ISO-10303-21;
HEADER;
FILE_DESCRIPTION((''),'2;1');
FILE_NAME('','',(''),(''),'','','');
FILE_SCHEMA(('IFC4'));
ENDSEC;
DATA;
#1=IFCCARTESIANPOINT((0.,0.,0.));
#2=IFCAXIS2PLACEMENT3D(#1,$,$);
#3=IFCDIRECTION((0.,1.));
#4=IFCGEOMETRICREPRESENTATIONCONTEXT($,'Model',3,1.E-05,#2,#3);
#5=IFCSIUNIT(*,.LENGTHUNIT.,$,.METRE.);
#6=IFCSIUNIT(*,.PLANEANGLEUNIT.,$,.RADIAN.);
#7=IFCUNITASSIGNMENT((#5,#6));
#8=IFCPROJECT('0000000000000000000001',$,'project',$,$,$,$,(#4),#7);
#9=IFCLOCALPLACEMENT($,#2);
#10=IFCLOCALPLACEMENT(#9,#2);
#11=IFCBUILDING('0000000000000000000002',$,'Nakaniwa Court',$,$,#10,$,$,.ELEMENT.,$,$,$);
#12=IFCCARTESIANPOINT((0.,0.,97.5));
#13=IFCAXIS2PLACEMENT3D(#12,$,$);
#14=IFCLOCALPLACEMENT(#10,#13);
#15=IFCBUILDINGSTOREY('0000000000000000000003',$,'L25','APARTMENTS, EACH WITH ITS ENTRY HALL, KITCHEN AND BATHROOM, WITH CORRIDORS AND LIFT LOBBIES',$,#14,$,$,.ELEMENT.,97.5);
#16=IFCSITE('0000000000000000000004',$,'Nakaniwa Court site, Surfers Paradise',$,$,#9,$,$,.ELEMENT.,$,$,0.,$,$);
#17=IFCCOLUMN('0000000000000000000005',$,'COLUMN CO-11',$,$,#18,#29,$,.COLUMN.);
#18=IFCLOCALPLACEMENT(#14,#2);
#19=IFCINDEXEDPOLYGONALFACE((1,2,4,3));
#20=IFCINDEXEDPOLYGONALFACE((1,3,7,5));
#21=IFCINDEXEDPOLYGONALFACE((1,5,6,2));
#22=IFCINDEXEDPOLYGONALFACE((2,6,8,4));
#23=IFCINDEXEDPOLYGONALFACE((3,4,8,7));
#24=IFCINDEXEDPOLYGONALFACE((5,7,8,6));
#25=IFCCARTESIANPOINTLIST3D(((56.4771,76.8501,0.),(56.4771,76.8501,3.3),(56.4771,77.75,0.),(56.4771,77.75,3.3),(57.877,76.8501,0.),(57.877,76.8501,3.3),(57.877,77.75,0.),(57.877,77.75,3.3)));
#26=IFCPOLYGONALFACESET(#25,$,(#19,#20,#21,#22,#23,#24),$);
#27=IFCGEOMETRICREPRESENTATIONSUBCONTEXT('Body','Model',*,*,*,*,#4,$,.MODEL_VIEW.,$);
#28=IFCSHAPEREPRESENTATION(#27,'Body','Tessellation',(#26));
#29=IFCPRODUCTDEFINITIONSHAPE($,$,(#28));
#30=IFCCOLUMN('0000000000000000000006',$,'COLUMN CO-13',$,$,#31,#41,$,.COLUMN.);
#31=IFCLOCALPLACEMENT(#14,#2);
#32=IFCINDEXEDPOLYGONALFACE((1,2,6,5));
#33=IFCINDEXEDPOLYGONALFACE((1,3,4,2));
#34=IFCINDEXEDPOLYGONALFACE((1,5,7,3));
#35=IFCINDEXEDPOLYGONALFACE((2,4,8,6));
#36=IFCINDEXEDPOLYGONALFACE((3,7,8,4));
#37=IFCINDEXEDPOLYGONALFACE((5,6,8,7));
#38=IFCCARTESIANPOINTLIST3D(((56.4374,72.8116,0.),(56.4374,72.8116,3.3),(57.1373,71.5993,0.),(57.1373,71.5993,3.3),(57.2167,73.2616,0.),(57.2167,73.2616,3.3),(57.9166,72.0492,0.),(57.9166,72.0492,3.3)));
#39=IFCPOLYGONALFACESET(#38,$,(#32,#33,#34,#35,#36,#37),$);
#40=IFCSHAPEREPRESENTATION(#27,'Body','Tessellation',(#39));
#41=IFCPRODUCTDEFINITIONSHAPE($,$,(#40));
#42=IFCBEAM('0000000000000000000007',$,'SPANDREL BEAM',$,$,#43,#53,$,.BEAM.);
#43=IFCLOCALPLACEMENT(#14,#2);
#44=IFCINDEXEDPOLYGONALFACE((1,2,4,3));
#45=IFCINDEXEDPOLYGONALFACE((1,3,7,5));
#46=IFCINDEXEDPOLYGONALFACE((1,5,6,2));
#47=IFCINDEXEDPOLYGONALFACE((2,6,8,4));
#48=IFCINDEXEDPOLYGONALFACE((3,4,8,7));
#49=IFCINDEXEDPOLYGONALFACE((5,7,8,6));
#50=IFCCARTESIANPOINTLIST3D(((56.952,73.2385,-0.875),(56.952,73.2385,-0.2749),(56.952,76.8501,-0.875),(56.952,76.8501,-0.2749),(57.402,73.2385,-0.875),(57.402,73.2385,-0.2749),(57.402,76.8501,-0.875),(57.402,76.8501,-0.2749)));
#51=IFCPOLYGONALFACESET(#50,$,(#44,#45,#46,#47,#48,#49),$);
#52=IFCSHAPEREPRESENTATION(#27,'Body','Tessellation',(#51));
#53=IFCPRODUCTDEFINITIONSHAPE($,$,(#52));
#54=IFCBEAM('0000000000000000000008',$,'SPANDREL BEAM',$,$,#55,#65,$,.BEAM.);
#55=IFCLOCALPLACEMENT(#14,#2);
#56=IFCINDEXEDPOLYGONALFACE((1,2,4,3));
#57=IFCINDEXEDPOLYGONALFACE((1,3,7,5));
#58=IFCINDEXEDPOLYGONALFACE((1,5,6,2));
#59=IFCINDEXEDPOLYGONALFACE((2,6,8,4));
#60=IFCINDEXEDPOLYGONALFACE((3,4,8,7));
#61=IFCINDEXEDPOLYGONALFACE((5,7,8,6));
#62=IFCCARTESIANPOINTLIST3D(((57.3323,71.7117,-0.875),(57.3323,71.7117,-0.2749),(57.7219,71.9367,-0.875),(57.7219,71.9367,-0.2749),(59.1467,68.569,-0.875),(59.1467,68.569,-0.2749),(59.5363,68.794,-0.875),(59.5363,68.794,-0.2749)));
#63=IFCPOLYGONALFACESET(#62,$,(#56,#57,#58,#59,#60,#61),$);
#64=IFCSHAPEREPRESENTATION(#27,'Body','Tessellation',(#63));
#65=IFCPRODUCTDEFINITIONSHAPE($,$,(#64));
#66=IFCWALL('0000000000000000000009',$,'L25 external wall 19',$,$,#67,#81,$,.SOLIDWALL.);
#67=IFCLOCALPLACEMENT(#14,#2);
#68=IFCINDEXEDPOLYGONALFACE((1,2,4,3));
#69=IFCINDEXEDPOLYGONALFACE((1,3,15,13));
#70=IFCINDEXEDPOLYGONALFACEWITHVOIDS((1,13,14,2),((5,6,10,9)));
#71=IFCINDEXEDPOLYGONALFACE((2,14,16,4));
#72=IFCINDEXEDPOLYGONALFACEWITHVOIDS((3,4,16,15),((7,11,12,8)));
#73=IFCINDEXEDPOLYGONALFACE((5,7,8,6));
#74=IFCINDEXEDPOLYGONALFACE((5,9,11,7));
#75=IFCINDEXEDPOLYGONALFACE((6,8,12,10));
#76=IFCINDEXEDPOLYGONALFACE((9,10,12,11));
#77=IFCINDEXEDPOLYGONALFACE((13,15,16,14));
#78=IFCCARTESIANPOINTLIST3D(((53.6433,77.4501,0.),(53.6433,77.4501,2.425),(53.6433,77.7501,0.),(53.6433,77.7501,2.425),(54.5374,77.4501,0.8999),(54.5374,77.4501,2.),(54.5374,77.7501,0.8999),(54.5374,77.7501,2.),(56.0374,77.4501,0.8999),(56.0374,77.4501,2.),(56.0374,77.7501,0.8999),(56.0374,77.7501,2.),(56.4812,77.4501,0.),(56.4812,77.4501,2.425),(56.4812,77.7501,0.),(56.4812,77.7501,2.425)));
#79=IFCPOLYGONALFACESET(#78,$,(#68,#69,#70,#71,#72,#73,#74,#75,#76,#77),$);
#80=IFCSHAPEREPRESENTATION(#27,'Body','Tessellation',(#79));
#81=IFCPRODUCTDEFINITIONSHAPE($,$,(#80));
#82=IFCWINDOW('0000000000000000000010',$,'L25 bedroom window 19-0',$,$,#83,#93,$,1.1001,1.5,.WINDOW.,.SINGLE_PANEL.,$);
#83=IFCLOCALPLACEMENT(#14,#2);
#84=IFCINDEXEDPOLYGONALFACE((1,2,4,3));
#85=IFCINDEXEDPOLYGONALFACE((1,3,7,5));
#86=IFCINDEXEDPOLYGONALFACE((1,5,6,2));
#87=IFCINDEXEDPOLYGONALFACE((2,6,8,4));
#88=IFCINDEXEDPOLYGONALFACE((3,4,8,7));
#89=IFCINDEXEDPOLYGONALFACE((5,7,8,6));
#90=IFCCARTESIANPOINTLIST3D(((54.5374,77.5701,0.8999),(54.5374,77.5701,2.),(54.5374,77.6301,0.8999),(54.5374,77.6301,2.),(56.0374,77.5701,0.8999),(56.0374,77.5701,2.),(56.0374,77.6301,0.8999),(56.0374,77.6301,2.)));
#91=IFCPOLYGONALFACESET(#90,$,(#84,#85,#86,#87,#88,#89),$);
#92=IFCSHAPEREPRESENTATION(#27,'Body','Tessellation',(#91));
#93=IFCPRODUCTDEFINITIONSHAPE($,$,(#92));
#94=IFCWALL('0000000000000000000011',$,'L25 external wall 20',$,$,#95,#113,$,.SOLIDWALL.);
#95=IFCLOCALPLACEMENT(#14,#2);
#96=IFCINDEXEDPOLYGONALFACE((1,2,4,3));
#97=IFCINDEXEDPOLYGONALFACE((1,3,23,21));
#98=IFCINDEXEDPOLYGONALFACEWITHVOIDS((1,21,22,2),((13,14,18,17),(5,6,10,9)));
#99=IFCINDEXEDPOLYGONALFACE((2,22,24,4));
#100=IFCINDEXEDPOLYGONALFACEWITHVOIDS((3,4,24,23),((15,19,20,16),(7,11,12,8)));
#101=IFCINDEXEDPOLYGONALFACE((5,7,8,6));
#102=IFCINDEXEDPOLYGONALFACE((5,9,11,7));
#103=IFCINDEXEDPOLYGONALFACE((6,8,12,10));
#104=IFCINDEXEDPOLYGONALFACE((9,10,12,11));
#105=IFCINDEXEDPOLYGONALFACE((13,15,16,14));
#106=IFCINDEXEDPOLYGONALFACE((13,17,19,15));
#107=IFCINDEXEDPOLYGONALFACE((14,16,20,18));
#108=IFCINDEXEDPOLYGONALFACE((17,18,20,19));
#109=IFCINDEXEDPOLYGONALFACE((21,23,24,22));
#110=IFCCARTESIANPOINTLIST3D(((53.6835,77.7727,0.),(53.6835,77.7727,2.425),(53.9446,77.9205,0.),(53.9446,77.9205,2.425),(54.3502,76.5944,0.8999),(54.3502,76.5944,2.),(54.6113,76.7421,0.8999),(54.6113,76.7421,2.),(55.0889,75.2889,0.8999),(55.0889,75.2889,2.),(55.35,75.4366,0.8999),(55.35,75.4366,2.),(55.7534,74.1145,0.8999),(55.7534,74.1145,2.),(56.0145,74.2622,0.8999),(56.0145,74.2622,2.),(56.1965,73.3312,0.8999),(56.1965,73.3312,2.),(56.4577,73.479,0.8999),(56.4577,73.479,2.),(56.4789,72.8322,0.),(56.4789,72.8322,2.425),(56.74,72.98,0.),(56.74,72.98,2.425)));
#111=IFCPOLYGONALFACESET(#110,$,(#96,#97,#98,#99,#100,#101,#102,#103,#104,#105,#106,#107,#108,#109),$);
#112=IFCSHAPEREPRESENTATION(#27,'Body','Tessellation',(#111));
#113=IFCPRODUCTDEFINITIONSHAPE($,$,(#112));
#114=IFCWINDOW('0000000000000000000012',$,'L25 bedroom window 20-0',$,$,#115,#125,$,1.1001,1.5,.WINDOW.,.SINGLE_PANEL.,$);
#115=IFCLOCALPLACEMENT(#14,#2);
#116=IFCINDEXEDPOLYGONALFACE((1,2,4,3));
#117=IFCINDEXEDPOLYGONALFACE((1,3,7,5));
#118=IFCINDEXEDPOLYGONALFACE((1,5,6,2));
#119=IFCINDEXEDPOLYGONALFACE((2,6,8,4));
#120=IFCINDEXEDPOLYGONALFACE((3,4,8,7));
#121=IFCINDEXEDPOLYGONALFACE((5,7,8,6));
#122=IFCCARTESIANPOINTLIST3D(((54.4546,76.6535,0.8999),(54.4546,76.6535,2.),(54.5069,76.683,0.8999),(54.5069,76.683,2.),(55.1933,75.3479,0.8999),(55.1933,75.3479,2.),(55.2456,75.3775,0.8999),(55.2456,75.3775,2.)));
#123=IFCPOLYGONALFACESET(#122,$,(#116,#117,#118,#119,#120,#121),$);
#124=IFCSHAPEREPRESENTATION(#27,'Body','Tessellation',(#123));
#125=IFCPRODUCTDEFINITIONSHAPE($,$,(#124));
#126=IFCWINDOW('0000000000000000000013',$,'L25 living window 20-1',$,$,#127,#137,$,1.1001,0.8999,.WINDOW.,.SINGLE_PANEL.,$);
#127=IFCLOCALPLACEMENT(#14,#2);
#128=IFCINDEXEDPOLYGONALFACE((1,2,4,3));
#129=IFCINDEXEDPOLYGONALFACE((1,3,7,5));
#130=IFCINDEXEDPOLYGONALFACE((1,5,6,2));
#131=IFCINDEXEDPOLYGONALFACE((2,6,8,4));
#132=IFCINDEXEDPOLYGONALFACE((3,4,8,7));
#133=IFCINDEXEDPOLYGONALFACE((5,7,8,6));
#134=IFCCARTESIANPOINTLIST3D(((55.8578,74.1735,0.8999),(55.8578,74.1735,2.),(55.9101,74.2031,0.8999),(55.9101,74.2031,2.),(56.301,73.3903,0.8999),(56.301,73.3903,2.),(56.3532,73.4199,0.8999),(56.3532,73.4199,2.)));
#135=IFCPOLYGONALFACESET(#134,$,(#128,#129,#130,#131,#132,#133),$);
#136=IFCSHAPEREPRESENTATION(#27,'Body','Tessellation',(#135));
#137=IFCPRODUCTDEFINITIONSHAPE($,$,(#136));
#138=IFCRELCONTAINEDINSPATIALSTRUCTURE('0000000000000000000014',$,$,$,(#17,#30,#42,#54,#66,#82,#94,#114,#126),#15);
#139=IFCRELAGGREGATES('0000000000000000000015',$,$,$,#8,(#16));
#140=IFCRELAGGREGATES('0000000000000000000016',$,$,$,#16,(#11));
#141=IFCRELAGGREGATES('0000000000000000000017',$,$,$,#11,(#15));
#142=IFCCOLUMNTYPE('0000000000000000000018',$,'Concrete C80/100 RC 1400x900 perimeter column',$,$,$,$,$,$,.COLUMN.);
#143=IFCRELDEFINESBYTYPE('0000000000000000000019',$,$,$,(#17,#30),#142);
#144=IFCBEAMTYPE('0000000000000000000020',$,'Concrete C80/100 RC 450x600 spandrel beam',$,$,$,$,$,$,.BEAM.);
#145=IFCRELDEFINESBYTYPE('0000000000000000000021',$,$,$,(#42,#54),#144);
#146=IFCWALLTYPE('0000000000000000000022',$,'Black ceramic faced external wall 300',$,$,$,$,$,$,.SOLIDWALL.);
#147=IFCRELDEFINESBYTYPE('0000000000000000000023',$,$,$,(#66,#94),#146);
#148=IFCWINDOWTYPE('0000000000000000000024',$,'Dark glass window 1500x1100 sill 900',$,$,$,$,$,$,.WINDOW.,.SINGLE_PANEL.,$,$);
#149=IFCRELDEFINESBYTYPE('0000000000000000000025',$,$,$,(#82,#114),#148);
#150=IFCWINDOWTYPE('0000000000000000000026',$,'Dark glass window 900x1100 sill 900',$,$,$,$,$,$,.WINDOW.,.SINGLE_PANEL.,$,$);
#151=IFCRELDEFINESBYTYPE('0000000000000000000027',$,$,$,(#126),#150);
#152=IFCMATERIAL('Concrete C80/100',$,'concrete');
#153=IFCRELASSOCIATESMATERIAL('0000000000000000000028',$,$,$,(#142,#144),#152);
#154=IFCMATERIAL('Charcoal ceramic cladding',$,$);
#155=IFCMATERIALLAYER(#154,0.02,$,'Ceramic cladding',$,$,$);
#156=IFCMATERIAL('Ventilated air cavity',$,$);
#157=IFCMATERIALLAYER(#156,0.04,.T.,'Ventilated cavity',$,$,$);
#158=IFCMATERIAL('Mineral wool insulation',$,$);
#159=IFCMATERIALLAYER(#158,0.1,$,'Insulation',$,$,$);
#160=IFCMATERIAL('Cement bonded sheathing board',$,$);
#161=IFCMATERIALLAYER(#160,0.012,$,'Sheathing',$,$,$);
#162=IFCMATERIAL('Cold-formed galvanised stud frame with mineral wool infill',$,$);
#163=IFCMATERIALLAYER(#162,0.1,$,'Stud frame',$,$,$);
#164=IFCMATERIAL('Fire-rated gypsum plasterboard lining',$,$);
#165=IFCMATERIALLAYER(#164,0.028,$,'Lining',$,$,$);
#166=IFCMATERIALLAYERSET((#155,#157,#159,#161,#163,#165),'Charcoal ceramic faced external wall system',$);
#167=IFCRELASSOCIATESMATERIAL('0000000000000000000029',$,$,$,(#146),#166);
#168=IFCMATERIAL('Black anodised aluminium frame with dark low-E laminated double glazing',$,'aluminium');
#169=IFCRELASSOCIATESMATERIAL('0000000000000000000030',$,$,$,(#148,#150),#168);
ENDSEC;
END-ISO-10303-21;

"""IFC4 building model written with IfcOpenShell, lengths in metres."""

from ifc_helpers import new_model, si_unit, direction, frame, frame_2d, origin, origin_2d, place, context, subcontext, project, spatial, rectangle, extrude, material, layer, layer_set, material_profile, profile_set, type_object, element, fill, save


model = new_model("IFC4")

# Units and contexts
model_context = context("Model", 3, precision=1e-05, world=origin(), true_north=direction((0.0, 1.0)))
body_context = subcontext(model_context, "Body", "Model", "MODEL_VIEW")
ifc_project = project(units=[si_unit("LENGTHUNIT", "METRE"), si_unit("PLANEANGLEUNIT", "RADIAN")], contexts=[model_context])

# Site, building, storey
site_placement = place(None, origin())
site = spatial("IfcSite", under=ifc_project, at=site_placement, Name="Nakaniwa Court site, Surfers Paradise", CompositionType="ELEMENT", RefElevation=0.0)
building_placement = place(site_placement, origin())
building = spatial("IfcBuilding", under=site, at=building_placement, Name="Nakaniwa Court", CompositionType="ELEMENT")
storey_placement = place(building_placement, frame((0.0, 0.0, 97.5)))
storey = spatial("IfcBuildingStorey", under=building, at=storey_placement, Name="L25", Description="APARTMENTS, EACH WITH ITS ENTRY HALL, KITCHEN AND BATHROOM, WITH CORRIDORS AND LIFT LOBBIES", CompositionType="ELEMENT", Elevation=97.5)

# Columns
ifc_material_1 = material(Name="Concrete C80/100", Category="concrete")
ifc_material_profile_1 = material_profile(ifc_material_1, rectangle(XDim=1.3999, YDim=0.8999, at=origin_2d()), Name="Concrete C80/100 RC 1400x900 perimeter column")
ifc_profile_set_1 = profile_set([ifc_material_profile_1], Name="Concrete C80/100")
column_type = type_object("IfcColumnType", Name="Concrete C80/100 RC 1400x900 perimeter column", PredefinedType="COLUMN", material=ifc_profile_set_1)
for number, where, z_axis, x_axis, name in (
    (1, (57.177, 77.3, 0.0), (0.0, 0.0, 1.0), (-1.0, 0.0, 0.0), "COLUMN CO-11"),
    (2, (57.177, 72.4304, 0.0), (0.0, 0.0, 1.0), (0.5, -0.866025, 0.0), "COLUMN CO-13"),
):
    element("IfcColumn", number, at=place(storey_placement, frame(where, z_axis=z_axis, x_axis=x_axis)), inside=storey, type_object=column_type, Name=name, PredefinedType="COLUMN", context=body_context, shape_type="SweptSolid", body=[
        extrude(rectangle(XDim=1.3999, YDim=0.8999, at=origin_2d()), origin(), (0.0, 0.0, 1.0), 3.3),
    ])

# Beams
ifc_material_profile_2 = material_profile(ifc_material_1, rectangle(XDim=0.45, YDim=0.6001, at=origin_2d()), Name="Concrete C80/100 RC 450x600 spandrel beam")
ifc_profile_set_2 = profile_set([ifc_material_profile_2], Name="Concrete C80/100")
beam_type = type_object("IfcBeamType", Name="Concrete C80/100 RC 450x600 spandrel beam", PredefinedType="BEAM", material=ifc_profile_set_2)
beam_1_placement = place(storey_placement, frame((57.177, 76.8501, -0.575), z_axis=(0.0, -1.0, 0.0), x_axis=(1.0, 0.0, 0.0)))
element("IfcBeam", 3, at=beam_1_placement, inside=storey, type_object=beam_type, Name="SPANDREL BEAM", PredefinedType="BEAM", context=body_context, shape_type="SweptSolid", body=[
    extrude(rectangle(XDim=0.45, YDim=0.6001, at=origin_2d()), origin(), (0.0, 0.0, 1.0), 3.6116),
])
beam_2_placement = place(storey_placement, frame((57.5271, 71.8242, -0.575), z_axis=(0.499988, -0.866032, 0.0), x_axis=(0.866032, 0.499988, 0.0)))
element("IfcBeam", 4, at=beam_2_placement, inside=storey, type_object=beam_type, Name="SPANDREL BEAM", PredefinedType="BEAM", context=body_context, shape_type="SweptSolid", body=[
    extrude(rectangle(XDim=0.45, YDim=0.6001, at=origin_2d()), origin(), (0.0, 0.0, 1.0), 3.6289),
])

# Wall, opening, window
ifc_material_2 = material(Name="Charcoal ceramic cladding")
ifc_layer_1 = layer(ifc_material_2, 0.02, Name="Ceramic cladding")
ifc_material_3 = material(Name="Ventilated air cavity")
ifc_layer_2 = layer(ifc_material_3, 0.04, ventilated=True, Name="Ventilated cavity")
ifc_material_4 = material(Name="Mineral wool insulation")
ifc_layer_3 = layer(ifc_material_4, 0.1, Name="Insulation")
ifc_material_5 = material(Name="Cement bonded sheathing board")
ifc_layer_4 = layer(ifc_material_5, 0.012, Name="Sheathing")
ifc_material_6 = material(Name="Cold-formed galvanised stud frame with mineral wool infill")
ifc_layer_5 = layer(ifc_material_6, 0.1, Name="Stud frame")
ifc_material_7 = material(Name="Fire-rated gypsum plasterboard lining")
ifc_layer_6 = layer(ifc_material_7, 0.028, Name="Lining")
ifc_layer_set_1 = layer_set([ifc_layer_1, ifc_layer_2, ifc_layer_3, ifc_layer_4, ifc_layer_5, ifc_layer_6], Name="Charcoal ceramic faced external wall system")
wall_type_1 = type_object("IfcWallType", Name="Black ceramic faced external wall 300", PredefinedType="SOLIDWALL", material=ifc_layer_set_1)
wall_1_placement = place(storey_placement, frame((56.4812, 77.6001, 0.0), z_axis=(0.0, 0.0, 1.0), x_axis=(-1.0, 0.0, 0.0)))
wall_1 = element("IfcWall", 5, at=wall_1_placement, inside=storey, type_object=wall_type_1, Name="L25 external wall 19", PredefinedType="SOLIDWALL", context=body_context, shape_type="SweptSolid", body=[
    extrude(rectangle(XDim=2.8379, YDim=0.3, at=frame_2d((1.4189, 0.0))), origin(), (0.0, 0.0, 1.0), 2.425),
])
opening_1_placement = place(wall_1_placement, frame((0.4438, 0.0, 0.8999)))
opening_1 = element("IfcOpeningElement", 6, at=opening_1_placement, cuts=wall_1, PredefinedType="OPENING", context=body_context, shape_type="SweptSolid", body=[
    extrude(rectangle(XDim=1.5, YDim=1.1001, at=frame_2d((0.75, 0.55))), frame((0.0, 0.1599, 0.0), z_axis=(0.0, -1.0, 0.0), x_axis=(1.0, 0.0, 0.0)), (0.0, 0.0, 1.0), 0.3201),
])
ifc_material_8 = material(Name="Black anodised aluminium frame with dark low-E laminated double glazing", Category="aluminium")
window_type_1 = type_object("IfcWindowType", Name="Dark glass window 1500x1100 sill 900", PartitioningType="SINGLE_PANEL", PredefinedType="WINDOW", material=ifc_material_8)
window_1_placement = place(opening_1_placement, origin())
window_1 = element("IfcWindow", 7, at=window_1_placement, inside=storey, type_object=window_type_1, Name="L25 bedroom window 19-0", OverallHeight=1.1001, OverallWidth=1.5, PartitioningType="SINGLE_PANEL", PredefinedType="WINDOW", context=body_context, shape_type="SweptSolid", body=[
    extrude(rectangle(XDim=1.5, YDim=1.1001, at=frame_2d((0.75, 0.55))), frame((0.0, 0.03, 0.0), z_axis=(0.0, -1.0, 0.0), x_axis=(1.0, 0.0, 0.0)), (0.0, 0.0, 1.0), 0.0601),
])
fill(opening_1, window_1)

# Wall, openings, windows
wall_2_placement = place(storey_placement, frame((53.814, 77.8467, 0.0), z_axis=(0.0, 0.0, 1.0), x_axis=(0.492457, -0.870337, 0.0)))
wall_2 = element("IfcWall", 8, at=wall_2_placement, inside=storey, type_object=wall_type_1, Name="L25 external wall 20", PredefinedType="SOLIDWALL", context=body_context, shape_type="SweptSolid", body=[
    extrude(rectangle(XDim=5.6765, YDim=0.3, at=frame_2d((2.8384, 0.0))), origin(), (0.0, 0.0, 1.0), 2.425),
])
opening_2_placement = place(wall_2_placement, frame((1.354, 0.0, 0.8999)))
opening_2 = element("IfcOpeningElement", 9, at=opening_2_placement, cuts=wall_2, PredefinedType="OPENING", context=body_context, shape_type="SweptSolid", body=[
    extrude(rectangle(XDim=1.5, YDim=1.1001, at=frame_2d((0.75, 0.55))), frame((0.0, 0.1599, 0.0), z_axis=(0.0, -1.0, 0.0), x_axis=(1.0, 0.0, 0.0)), (0.0, 0.0, 1.0), 0.3201),
])
opening_3_placement = place(wall_2_placement, frame((4.2034, 0.0, 0.8999)))
opening_3 = element("IfcOpeningElement", 10, at=opening_3_placement, cuts=wall_2, PredefinedType="OPENING", context=body_context, shape_type="SweptSolid", body=[
    extrude(rectangle(XDim=0.8999, YDim=1.1001, at=frame_2d((0.45, 0.55))), frame((0.0, 0.1599, 0.0), z_axis=(0.0, -1.0, 0.0), x_axis=(1.0, 0.0, 0.0)), (0.0, 0.0, 1.0), 0.3201),
])
window_2_placement = place(opening_2_placement, origin())
window_2 = element("IfcWindow", 11, at=window_2_placement, inside=storey, type_object=window_type_1, Name="L25 bedroom window 20-0", OverallHeight=1.1001, OverallWidth=1.5, PartitioningType="SINGLE_PANEL", PredefinedType="WINDOW", context=body_context, shape_type="SweptSolid", body=[
    extrude(rectangle(XDim=1.5, YDim=1.1001, at=frame_2d((0.75, 0.55))), frame((0.0, 0.03, 0.0), z_axis=(0.0, -1.0, 0.0), x_axis=(1.0, 0.0, 0.0)), (0.0, 0.0, 1.0), 0.0601),
])
fill(opening_2, window_2)
window_type_2 = type_object("IfcWindowType", Name="Dark glass window 900x1100 sill 900", PartitioningType="SINGLE_PANEL", PredefinedType="WINDOW", material=ifc_material_8)
window_3_placement = place(opening_3_placement, origin())
window_3 = element("IfcWindow", 12, at=window_3_placement, inside=storey, type_object=window_type_2, Name="L25 living window 20-1", OverallHeight=1.1001, OverallWidth=0.8999, PartitioningType="SINGLE_PANEL", PredefinedType="WINDOW", context=body_context, shape_type="SweptSolid", body=[
    extrude(rectangle(XDim=0.8999, YDim=1.1001, at=frame_2d((0.45, 0.55))), frame((0.0, 0.03, 0.0), z_axis=(0.0, -1.0, 0.0), x_axis=(1.0, 0.0, 0.0)), (0.0, 0.0, 1.0), 0.0601),
])
fill(opening_3, window_3)

save(model, "model.ifc")
